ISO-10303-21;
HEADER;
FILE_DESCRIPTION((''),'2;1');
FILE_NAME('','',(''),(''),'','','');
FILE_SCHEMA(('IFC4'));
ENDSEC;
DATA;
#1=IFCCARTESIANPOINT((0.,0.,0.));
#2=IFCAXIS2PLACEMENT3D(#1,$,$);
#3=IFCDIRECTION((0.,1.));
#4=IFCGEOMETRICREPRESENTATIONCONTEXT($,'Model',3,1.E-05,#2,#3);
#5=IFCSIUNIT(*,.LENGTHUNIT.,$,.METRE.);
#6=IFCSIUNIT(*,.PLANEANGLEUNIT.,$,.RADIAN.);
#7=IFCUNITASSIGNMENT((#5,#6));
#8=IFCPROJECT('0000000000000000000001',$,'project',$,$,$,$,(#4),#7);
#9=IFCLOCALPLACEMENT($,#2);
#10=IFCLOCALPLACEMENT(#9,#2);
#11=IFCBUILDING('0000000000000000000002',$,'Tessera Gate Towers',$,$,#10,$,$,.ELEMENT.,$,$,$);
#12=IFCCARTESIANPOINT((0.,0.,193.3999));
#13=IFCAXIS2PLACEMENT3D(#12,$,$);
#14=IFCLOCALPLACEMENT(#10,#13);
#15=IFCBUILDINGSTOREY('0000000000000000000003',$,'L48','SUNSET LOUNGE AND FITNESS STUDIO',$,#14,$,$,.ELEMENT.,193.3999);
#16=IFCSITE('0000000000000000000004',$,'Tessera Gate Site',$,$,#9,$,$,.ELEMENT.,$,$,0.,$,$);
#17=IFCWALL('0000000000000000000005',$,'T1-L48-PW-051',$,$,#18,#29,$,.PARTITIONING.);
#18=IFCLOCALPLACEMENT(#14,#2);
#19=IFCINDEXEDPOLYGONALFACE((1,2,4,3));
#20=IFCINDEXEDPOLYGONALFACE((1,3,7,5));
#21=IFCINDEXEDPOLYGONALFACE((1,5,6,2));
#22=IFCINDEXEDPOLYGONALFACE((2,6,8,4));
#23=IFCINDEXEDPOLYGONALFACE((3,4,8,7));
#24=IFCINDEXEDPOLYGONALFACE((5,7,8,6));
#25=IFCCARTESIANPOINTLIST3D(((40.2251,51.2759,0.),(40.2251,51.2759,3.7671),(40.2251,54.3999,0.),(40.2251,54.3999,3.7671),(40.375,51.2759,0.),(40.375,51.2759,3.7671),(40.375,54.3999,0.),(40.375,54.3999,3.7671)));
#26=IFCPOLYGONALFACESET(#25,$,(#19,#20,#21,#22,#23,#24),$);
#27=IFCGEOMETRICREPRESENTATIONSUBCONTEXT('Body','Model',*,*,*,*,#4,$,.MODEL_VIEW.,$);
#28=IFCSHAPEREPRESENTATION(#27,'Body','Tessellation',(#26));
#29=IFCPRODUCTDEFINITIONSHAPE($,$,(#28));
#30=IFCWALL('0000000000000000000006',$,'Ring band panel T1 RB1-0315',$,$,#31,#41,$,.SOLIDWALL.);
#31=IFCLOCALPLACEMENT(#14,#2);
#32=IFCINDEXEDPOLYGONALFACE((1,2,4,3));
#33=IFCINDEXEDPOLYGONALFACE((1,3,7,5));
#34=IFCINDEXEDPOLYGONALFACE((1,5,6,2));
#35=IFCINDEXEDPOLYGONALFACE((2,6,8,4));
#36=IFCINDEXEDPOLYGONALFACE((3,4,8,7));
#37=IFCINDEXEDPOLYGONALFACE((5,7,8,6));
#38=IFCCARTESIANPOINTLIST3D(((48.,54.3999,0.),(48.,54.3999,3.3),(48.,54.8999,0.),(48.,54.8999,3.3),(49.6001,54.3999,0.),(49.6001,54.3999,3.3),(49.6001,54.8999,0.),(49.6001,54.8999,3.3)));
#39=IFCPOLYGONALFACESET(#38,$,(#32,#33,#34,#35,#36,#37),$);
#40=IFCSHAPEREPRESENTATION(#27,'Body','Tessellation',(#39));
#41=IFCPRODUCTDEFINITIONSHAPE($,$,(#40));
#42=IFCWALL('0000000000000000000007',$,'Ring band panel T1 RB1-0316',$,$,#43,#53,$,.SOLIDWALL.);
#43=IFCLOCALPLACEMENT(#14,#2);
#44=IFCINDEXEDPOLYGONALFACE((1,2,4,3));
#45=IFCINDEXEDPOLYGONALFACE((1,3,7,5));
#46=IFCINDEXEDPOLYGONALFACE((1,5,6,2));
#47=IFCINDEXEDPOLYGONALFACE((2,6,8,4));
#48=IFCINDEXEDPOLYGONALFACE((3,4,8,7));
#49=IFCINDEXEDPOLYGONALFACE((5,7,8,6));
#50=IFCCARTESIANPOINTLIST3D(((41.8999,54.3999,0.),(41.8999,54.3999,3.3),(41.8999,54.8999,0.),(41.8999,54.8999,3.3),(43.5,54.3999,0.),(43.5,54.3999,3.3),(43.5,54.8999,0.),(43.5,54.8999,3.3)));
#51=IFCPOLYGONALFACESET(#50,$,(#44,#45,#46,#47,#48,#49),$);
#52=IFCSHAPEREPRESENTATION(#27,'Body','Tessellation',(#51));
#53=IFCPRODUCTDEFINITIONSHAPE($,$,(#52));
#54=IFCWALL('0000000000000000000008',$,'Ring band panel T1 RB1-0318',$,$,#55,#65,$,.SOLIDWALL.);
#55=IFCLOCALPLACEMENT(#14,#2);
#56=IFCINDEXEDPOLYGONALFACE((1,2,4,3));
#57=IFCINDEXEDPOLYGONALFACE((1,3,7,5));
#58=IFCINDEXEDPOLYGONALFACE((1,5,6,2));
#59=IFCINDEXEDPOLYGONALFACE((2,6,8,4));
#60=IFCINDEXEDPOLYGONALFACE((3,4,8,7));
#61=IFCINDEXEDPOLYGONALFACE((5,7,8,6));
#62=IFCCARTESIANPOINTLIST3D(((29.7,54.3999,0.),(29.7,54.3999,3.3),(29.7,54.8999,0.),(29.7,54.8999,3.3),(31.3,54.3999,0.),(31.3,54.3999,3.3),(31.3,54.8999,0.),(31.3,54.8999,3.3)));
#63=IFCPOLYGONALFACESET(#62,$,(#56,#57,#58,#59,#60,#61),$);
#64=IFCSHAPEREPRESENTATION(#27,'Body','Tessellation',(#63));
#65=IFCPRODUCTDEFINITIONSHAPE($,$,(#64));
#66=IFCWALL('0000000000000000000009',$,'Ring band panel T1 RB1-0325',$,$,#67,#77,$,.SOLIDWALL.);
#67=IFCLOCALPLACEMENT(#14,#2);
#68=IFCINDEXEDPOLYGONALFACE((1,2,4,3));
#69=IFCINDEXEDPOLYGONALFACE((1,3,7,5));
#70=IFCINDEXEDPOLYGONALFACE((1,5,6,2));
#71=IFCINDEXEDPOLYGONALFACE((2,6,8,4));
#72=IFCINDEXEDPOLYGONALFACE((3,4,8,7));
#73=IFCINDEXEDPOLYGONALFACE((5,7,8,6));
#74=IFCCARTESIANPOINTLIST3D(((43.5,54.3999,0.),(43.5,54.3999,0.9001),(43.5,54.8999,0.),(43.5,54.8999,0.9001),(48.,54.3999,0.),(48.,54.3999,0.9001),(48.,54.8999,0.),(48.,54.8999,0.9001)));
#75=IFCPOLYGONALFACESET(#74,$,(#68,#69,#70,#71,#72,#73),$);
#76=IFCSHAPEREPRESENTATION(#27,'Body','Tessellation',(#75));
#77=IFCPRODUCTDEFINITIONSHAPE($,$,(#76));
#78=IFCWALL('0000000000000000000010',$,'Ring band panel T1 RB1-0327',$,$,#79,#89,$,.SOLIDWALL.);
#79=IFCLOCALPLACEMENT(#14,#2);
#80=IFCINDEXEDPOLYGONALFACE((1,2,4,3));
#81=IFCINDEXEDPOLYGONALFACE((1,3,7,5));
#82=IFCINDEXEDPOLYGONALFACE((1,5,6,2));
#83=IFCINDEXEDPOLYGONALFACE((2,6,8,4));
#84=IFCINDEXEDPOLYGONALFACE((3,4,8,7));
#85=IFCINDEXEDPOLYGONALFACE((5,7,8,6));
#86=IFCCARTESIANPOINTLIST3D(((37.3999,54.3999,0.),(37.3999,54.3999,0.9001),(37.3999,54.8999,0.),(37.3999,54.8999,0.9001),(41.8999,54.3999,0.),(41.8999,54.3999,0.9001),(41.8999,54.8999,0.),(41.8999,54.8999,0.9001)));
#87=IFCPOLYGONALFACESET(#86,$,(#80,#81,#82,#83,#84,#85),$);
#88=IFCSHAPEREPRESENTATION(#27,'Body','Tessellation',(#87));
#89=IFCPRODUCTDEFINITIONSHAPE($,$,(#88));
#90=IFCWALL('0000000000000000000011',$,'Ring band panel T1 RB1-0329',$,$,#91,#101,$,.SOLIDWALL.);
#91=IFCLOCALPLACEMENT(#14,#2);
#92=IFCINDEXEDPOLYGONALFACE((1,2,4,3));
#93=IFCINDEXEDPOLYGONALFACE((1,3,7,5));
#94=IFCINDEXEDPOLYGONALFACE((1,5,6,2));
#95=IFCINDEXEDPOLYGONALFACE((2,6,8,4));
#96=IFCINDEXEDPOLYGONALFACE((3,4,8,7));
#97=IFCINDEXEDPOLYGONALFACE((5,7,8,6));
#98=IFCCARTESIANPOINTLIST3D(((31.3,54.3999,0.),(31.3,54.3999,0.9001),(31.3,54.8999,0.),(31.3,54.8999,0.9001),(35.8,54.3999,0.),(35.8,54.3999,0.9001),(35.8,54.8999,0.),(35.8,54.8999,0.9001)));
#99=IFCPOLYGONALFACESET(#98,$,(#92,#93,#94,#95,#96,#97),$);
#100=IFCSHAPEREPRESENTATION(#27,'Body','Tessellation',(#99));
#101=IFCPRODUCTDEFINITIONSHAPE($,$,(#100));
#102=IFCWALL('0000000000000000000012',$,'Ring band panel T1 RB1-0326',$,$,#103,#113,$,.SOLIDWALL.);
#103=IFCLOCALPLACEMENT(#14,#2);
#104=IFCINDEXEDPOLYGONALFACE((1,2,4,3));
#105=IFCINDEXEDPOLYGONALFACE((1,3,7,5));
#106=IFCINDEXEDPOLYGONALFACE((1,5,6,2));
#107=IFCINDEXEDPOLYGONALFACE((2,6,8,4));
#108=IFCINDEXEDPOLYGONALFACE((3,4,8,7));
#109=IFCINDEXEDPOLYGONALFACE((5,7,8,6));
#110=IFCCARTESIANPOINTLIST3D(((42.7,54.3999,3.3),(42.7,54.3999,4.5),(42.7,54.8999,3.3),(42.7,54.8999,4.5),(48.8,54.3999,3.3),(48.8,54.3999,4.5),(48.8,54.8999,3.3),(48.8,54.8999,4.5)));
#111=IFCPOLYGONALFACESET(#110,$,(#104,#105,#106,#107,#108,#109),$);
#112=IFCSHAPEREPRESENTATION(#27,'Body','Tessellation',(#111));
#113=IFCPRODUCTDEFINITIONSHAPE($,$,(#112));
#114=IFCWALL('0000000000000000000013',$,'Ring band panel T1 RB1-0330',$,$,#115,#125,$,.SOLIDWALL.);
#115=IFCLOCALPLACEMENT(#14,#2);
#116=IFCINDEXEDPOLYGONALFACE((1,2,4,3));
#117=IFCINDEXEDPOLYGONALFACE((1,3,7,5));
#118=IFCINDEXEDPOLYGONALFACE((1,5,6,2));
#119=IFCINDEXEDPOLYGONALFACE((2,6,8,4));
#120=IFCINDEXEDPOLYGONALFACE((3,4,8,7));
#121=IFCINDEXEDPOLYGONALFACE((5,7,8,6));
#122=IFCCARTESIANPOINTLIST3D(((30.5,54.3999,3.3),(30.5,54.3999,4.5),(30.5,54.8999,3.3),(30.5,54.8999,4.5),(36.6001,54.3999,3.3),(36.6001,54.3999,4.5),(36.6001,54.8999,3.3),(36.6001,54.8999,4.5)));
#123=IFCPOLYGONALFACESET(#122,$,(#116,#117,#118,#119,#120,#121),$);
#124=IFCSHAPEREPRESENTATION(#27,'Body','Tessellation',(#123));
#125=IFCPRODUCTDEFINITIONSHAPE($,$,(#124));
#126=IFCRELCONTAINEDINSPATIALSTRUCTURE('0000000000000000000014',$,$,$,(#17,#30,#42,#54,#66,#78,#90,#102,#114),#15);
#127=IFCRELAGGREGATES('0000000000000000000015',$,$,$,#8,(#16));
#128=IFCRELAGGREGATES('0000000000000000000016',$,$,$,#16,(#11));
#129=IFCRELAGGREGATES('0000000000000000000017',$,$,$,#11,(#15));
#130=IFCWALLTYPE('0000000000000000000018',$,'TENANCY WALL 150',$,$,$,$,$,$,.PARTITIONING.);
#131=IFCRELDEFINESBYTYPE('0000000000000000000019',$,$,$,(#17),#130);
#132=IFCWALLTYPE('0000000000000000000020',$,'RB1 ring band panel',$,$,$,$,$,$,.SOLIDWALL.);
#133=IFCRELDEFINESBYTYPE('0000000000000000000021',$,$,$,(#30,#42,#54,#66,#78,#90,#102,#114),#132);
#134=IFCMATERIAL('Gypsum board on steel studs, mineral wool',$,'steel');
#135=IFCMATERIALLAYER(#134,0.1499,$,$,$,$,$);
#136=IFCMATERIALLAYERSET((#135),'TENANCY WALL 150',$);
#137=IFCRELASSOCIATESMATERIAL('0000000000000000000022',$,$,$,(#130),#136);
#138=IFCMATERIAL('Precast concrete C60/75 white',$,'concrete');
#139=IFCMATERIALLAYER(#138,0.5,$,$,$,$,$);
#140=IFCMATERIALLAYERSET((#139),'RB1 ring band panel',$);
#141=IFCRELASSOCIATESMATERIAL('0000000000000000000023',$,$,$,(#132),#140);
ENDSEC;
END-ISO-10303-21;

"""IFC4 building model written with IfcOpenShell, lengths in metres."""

from ifc_helpers import new_model, si_unit, direction, frame, frame_2d, origin, place, context, subcontext, project, spatial, polyline, rectangle, outline, extrude, source, transform, mapped, material, layer, layer_set, type_object, element, save


model = new_model("IFC4")

# Units and contexts
model_context = context("Model", 3, precision=1e-05, world=origin(), true_north=direction((0.0, 1.0)))
body_context = subcontext(model_context, "Body", "Model", "MODEL_VIEW")
ifc_project = project(units=[si_unit("LENGTHUNIT", "METRE"), si_unit("PLANEANGLEUNIT", "RADIAN")], contexts=[model_context])

# Site, building, storey
site_placement = place(None, origin())
site = spatial("IfcSite", under=ifc_project, at=site_placement, Name="Tessera Gate Site", CompositionType="ELEMENT", RefElevation=0.0)
building_placement = place(site_placement, origin())
building = spatial("IfcBuilding", under=site, at=building_placement, Name="Tessera Gate Towers", CompositionType="ELEMENT")
storey_placement = place(building_placement, frame((0.0, 0.0, 193.3999)))
storey = spatial("IfcBuildingStorey", under=building, at=storey_placement, Name="L48", Description="SUNSET LOUNGE AND FITNESS STUDIO", CompositionType="ELEMENT", Elevation=193.3999)

# Walls
ifc_material_1 = material(Name="Gypsum board on steel studs, mineral wool", Category="steel")
ifc_layer_1 = layer(ifc_material_1, 0.1499)
ifc_layer_set_1 = layer_set([ifc_layer_1], Name="TENANCY WALL 150")
wall_type_1 = type_object("IfcWallType", Name="TENANCY WALL 150", PredefinedType="PARTITIONING", material=ifc_layer_set_1)
wall_1_placement = place(storey_placement, frame((40.3, 51.2759, 0.0), z_axis=(0.0, 0.0, 1.0), x_axis=(0.0, 1.0, 0.0)))
element("IfcWall", 1, at=wall_1_placement, inside=storey, type_object=wall_type_1, Name="T1-L48-PW-051", PredefinedType="PARTITIONING", context=body_context, shape_type="SweptSolid", body=[
    extrude(rectangle(XDim=3.124, YDim=0.1499, at=frame_2d((1.562, 0.0))), origin(), (0.0, 0.0, 1.0), 3.7671),
])
ifc_material_2 = material(Name="Precast concrete C60/75 white", Category="concrete")
ifc_layer_2 = layer(ifc_material_2, 0.5)
ifc_layer_set_2 = layer_set([ifc_layer_2], Name="RB1 ring band panel")
wall_type_2 = type_object("IfcWallType", Name="RB1 ring band panel", PredefinedType="SOLIDWALL", material=ifc_layer_set_2)
shared_shape_1 = source(origin(), body_context, "Body", "SweptSolid", [
    extrude(outline(polyline([(0.0, 0.0), (1.6001, 0.0), (1.6001, 3.3), (0.0, 3.3), (0.0, 0.0)])), frame((0.0, 0.25, 0.0), z_axis=(0.0, -1.0, 0.0), x_axis=(1.0, 0.0, 0.0)), (0.0, 0.0, 1.0), 0.5),
])
for number, where, z_axis, x_axis, name in (
    (2, (49.6001, 54.6499, 0.0), (0.0, 0.0, 1.0), (-1.0, 0.0, 0.0), "Ring band panel T1 RB1-0315"),
    (3, (43.5, 54.6499, 0.0), (0.0, 0.0, 1.0), (-1.0, 0.0, 0.0), "Ring band panel T1 RB1-0316"),
    (4, (31.3, 54.6499, 0.0), (0.0, 0.0, 1.0), (-1.0, 0.0, 0.0), "Ring band panel T1 RB1-0318"),
):
    element("IfcWall", number, at=place(storey_placement, frame(where, z_axis=z_axis, x_axis=x_axis)), inside=storey, type_object=wall_type_2, Name=name, PredefinedType="SOLIDWALL", context=body_context, shape_type="MappedRepresentation", body=[
        mapped(shared_shape_1, transform((0.0, 0.0, 0.0), scale=1.0)),
    ])
shared_shape_2 = source(origin(), body_context, "Body", "SweptSolid", [
    extrude(outline(polyline([(0.0, 0.0), (4.5, 0.0), (4.5, 0.9001), (0.0, 0.9001), (0.0, 0.0)])), frame((0.0, 0.25, 0.0), z_axis=(0.0, -1.0, 0.0), x_axis=(1.0, 0.0, 0.0)), (0.0, 0.0, 1.0), 0.5),
])
for number, where, z_axis, x_axis, name in (
    (5, (48.0, 54.6499, 0.0), (0.0, 0.0, 1.0), (-1.0, 0.0, 0.0), "Ring band panel T1 RB1-0325"),
    (6, (41.8999, 54.6499, 0.0), (0.0, 0.0, 1.0), (-1.0, 0.0, 0.0), "Ring band panel T1 RB1-0327"),
    (7, (35.8, 54.6499, 0.0), (0.0, 0.0, 1.0), (-1.0, 0.0, 0.0), "Ring band panel T1 RB1-0329"),
):
    element("IfcWall", number, at=place(storey_placement, frame(where, z_axis=z_axis, x_axis=x_axis)), inside=storey, type_object=wall_type_2, Name=name, PredefinedType="SOLIDWALL", context=body_context, shape_type="MappedRepresentation", body=[
        mapped(shared_shape_2, transform((0.0, 0.0, 0.0), scale=1.0)),
    ])
shared_shape_3 = source(origin(), body_context, "Body", "SweptSolid", [
    extrude(outline(polyline([(0.0, 0.0), (6.1001, 0.0), (6.1001, 1.2), (0.0, 1.2), (0.0, 0.0)])), frame((0.0, 0.25, 0.0), z_axis=(0.0, -1.0, 0.0), x_axis=(1.0, 0.0, 0.0)), (0.0, 0.0, 1.0), 0.5),
])
for number, where, z_axis, x_axis, name in (
    (8, (48.8, 54.6499, 3.3), (0.0, 0.0, 1.0), (-1.0, 0.0, 0.0), "Ring band panel T1 RB1-0326"),
    (9, (36.6001, 54.6499, 3.3), (0.0, 0.0, 1.0), (-1.0, 0.0, 0.0), "Ring band panel T1 RB1-0330"),
):
    element("IfcWall", number, at=place(storey_placement, frame(where, z_axis=z_axis, x_axis=x_axis)), inside=storey, type_object=wall_type_2, Name=name, PredefinedType="SOLIDWALL", context=body_context, shape_type="MappedRepresentation", body=[
        mapped(shared_shape_3, transform((0.0, 0.0, 0.0), scale=1.0)),
    ])

save(model, "model.ifc")
